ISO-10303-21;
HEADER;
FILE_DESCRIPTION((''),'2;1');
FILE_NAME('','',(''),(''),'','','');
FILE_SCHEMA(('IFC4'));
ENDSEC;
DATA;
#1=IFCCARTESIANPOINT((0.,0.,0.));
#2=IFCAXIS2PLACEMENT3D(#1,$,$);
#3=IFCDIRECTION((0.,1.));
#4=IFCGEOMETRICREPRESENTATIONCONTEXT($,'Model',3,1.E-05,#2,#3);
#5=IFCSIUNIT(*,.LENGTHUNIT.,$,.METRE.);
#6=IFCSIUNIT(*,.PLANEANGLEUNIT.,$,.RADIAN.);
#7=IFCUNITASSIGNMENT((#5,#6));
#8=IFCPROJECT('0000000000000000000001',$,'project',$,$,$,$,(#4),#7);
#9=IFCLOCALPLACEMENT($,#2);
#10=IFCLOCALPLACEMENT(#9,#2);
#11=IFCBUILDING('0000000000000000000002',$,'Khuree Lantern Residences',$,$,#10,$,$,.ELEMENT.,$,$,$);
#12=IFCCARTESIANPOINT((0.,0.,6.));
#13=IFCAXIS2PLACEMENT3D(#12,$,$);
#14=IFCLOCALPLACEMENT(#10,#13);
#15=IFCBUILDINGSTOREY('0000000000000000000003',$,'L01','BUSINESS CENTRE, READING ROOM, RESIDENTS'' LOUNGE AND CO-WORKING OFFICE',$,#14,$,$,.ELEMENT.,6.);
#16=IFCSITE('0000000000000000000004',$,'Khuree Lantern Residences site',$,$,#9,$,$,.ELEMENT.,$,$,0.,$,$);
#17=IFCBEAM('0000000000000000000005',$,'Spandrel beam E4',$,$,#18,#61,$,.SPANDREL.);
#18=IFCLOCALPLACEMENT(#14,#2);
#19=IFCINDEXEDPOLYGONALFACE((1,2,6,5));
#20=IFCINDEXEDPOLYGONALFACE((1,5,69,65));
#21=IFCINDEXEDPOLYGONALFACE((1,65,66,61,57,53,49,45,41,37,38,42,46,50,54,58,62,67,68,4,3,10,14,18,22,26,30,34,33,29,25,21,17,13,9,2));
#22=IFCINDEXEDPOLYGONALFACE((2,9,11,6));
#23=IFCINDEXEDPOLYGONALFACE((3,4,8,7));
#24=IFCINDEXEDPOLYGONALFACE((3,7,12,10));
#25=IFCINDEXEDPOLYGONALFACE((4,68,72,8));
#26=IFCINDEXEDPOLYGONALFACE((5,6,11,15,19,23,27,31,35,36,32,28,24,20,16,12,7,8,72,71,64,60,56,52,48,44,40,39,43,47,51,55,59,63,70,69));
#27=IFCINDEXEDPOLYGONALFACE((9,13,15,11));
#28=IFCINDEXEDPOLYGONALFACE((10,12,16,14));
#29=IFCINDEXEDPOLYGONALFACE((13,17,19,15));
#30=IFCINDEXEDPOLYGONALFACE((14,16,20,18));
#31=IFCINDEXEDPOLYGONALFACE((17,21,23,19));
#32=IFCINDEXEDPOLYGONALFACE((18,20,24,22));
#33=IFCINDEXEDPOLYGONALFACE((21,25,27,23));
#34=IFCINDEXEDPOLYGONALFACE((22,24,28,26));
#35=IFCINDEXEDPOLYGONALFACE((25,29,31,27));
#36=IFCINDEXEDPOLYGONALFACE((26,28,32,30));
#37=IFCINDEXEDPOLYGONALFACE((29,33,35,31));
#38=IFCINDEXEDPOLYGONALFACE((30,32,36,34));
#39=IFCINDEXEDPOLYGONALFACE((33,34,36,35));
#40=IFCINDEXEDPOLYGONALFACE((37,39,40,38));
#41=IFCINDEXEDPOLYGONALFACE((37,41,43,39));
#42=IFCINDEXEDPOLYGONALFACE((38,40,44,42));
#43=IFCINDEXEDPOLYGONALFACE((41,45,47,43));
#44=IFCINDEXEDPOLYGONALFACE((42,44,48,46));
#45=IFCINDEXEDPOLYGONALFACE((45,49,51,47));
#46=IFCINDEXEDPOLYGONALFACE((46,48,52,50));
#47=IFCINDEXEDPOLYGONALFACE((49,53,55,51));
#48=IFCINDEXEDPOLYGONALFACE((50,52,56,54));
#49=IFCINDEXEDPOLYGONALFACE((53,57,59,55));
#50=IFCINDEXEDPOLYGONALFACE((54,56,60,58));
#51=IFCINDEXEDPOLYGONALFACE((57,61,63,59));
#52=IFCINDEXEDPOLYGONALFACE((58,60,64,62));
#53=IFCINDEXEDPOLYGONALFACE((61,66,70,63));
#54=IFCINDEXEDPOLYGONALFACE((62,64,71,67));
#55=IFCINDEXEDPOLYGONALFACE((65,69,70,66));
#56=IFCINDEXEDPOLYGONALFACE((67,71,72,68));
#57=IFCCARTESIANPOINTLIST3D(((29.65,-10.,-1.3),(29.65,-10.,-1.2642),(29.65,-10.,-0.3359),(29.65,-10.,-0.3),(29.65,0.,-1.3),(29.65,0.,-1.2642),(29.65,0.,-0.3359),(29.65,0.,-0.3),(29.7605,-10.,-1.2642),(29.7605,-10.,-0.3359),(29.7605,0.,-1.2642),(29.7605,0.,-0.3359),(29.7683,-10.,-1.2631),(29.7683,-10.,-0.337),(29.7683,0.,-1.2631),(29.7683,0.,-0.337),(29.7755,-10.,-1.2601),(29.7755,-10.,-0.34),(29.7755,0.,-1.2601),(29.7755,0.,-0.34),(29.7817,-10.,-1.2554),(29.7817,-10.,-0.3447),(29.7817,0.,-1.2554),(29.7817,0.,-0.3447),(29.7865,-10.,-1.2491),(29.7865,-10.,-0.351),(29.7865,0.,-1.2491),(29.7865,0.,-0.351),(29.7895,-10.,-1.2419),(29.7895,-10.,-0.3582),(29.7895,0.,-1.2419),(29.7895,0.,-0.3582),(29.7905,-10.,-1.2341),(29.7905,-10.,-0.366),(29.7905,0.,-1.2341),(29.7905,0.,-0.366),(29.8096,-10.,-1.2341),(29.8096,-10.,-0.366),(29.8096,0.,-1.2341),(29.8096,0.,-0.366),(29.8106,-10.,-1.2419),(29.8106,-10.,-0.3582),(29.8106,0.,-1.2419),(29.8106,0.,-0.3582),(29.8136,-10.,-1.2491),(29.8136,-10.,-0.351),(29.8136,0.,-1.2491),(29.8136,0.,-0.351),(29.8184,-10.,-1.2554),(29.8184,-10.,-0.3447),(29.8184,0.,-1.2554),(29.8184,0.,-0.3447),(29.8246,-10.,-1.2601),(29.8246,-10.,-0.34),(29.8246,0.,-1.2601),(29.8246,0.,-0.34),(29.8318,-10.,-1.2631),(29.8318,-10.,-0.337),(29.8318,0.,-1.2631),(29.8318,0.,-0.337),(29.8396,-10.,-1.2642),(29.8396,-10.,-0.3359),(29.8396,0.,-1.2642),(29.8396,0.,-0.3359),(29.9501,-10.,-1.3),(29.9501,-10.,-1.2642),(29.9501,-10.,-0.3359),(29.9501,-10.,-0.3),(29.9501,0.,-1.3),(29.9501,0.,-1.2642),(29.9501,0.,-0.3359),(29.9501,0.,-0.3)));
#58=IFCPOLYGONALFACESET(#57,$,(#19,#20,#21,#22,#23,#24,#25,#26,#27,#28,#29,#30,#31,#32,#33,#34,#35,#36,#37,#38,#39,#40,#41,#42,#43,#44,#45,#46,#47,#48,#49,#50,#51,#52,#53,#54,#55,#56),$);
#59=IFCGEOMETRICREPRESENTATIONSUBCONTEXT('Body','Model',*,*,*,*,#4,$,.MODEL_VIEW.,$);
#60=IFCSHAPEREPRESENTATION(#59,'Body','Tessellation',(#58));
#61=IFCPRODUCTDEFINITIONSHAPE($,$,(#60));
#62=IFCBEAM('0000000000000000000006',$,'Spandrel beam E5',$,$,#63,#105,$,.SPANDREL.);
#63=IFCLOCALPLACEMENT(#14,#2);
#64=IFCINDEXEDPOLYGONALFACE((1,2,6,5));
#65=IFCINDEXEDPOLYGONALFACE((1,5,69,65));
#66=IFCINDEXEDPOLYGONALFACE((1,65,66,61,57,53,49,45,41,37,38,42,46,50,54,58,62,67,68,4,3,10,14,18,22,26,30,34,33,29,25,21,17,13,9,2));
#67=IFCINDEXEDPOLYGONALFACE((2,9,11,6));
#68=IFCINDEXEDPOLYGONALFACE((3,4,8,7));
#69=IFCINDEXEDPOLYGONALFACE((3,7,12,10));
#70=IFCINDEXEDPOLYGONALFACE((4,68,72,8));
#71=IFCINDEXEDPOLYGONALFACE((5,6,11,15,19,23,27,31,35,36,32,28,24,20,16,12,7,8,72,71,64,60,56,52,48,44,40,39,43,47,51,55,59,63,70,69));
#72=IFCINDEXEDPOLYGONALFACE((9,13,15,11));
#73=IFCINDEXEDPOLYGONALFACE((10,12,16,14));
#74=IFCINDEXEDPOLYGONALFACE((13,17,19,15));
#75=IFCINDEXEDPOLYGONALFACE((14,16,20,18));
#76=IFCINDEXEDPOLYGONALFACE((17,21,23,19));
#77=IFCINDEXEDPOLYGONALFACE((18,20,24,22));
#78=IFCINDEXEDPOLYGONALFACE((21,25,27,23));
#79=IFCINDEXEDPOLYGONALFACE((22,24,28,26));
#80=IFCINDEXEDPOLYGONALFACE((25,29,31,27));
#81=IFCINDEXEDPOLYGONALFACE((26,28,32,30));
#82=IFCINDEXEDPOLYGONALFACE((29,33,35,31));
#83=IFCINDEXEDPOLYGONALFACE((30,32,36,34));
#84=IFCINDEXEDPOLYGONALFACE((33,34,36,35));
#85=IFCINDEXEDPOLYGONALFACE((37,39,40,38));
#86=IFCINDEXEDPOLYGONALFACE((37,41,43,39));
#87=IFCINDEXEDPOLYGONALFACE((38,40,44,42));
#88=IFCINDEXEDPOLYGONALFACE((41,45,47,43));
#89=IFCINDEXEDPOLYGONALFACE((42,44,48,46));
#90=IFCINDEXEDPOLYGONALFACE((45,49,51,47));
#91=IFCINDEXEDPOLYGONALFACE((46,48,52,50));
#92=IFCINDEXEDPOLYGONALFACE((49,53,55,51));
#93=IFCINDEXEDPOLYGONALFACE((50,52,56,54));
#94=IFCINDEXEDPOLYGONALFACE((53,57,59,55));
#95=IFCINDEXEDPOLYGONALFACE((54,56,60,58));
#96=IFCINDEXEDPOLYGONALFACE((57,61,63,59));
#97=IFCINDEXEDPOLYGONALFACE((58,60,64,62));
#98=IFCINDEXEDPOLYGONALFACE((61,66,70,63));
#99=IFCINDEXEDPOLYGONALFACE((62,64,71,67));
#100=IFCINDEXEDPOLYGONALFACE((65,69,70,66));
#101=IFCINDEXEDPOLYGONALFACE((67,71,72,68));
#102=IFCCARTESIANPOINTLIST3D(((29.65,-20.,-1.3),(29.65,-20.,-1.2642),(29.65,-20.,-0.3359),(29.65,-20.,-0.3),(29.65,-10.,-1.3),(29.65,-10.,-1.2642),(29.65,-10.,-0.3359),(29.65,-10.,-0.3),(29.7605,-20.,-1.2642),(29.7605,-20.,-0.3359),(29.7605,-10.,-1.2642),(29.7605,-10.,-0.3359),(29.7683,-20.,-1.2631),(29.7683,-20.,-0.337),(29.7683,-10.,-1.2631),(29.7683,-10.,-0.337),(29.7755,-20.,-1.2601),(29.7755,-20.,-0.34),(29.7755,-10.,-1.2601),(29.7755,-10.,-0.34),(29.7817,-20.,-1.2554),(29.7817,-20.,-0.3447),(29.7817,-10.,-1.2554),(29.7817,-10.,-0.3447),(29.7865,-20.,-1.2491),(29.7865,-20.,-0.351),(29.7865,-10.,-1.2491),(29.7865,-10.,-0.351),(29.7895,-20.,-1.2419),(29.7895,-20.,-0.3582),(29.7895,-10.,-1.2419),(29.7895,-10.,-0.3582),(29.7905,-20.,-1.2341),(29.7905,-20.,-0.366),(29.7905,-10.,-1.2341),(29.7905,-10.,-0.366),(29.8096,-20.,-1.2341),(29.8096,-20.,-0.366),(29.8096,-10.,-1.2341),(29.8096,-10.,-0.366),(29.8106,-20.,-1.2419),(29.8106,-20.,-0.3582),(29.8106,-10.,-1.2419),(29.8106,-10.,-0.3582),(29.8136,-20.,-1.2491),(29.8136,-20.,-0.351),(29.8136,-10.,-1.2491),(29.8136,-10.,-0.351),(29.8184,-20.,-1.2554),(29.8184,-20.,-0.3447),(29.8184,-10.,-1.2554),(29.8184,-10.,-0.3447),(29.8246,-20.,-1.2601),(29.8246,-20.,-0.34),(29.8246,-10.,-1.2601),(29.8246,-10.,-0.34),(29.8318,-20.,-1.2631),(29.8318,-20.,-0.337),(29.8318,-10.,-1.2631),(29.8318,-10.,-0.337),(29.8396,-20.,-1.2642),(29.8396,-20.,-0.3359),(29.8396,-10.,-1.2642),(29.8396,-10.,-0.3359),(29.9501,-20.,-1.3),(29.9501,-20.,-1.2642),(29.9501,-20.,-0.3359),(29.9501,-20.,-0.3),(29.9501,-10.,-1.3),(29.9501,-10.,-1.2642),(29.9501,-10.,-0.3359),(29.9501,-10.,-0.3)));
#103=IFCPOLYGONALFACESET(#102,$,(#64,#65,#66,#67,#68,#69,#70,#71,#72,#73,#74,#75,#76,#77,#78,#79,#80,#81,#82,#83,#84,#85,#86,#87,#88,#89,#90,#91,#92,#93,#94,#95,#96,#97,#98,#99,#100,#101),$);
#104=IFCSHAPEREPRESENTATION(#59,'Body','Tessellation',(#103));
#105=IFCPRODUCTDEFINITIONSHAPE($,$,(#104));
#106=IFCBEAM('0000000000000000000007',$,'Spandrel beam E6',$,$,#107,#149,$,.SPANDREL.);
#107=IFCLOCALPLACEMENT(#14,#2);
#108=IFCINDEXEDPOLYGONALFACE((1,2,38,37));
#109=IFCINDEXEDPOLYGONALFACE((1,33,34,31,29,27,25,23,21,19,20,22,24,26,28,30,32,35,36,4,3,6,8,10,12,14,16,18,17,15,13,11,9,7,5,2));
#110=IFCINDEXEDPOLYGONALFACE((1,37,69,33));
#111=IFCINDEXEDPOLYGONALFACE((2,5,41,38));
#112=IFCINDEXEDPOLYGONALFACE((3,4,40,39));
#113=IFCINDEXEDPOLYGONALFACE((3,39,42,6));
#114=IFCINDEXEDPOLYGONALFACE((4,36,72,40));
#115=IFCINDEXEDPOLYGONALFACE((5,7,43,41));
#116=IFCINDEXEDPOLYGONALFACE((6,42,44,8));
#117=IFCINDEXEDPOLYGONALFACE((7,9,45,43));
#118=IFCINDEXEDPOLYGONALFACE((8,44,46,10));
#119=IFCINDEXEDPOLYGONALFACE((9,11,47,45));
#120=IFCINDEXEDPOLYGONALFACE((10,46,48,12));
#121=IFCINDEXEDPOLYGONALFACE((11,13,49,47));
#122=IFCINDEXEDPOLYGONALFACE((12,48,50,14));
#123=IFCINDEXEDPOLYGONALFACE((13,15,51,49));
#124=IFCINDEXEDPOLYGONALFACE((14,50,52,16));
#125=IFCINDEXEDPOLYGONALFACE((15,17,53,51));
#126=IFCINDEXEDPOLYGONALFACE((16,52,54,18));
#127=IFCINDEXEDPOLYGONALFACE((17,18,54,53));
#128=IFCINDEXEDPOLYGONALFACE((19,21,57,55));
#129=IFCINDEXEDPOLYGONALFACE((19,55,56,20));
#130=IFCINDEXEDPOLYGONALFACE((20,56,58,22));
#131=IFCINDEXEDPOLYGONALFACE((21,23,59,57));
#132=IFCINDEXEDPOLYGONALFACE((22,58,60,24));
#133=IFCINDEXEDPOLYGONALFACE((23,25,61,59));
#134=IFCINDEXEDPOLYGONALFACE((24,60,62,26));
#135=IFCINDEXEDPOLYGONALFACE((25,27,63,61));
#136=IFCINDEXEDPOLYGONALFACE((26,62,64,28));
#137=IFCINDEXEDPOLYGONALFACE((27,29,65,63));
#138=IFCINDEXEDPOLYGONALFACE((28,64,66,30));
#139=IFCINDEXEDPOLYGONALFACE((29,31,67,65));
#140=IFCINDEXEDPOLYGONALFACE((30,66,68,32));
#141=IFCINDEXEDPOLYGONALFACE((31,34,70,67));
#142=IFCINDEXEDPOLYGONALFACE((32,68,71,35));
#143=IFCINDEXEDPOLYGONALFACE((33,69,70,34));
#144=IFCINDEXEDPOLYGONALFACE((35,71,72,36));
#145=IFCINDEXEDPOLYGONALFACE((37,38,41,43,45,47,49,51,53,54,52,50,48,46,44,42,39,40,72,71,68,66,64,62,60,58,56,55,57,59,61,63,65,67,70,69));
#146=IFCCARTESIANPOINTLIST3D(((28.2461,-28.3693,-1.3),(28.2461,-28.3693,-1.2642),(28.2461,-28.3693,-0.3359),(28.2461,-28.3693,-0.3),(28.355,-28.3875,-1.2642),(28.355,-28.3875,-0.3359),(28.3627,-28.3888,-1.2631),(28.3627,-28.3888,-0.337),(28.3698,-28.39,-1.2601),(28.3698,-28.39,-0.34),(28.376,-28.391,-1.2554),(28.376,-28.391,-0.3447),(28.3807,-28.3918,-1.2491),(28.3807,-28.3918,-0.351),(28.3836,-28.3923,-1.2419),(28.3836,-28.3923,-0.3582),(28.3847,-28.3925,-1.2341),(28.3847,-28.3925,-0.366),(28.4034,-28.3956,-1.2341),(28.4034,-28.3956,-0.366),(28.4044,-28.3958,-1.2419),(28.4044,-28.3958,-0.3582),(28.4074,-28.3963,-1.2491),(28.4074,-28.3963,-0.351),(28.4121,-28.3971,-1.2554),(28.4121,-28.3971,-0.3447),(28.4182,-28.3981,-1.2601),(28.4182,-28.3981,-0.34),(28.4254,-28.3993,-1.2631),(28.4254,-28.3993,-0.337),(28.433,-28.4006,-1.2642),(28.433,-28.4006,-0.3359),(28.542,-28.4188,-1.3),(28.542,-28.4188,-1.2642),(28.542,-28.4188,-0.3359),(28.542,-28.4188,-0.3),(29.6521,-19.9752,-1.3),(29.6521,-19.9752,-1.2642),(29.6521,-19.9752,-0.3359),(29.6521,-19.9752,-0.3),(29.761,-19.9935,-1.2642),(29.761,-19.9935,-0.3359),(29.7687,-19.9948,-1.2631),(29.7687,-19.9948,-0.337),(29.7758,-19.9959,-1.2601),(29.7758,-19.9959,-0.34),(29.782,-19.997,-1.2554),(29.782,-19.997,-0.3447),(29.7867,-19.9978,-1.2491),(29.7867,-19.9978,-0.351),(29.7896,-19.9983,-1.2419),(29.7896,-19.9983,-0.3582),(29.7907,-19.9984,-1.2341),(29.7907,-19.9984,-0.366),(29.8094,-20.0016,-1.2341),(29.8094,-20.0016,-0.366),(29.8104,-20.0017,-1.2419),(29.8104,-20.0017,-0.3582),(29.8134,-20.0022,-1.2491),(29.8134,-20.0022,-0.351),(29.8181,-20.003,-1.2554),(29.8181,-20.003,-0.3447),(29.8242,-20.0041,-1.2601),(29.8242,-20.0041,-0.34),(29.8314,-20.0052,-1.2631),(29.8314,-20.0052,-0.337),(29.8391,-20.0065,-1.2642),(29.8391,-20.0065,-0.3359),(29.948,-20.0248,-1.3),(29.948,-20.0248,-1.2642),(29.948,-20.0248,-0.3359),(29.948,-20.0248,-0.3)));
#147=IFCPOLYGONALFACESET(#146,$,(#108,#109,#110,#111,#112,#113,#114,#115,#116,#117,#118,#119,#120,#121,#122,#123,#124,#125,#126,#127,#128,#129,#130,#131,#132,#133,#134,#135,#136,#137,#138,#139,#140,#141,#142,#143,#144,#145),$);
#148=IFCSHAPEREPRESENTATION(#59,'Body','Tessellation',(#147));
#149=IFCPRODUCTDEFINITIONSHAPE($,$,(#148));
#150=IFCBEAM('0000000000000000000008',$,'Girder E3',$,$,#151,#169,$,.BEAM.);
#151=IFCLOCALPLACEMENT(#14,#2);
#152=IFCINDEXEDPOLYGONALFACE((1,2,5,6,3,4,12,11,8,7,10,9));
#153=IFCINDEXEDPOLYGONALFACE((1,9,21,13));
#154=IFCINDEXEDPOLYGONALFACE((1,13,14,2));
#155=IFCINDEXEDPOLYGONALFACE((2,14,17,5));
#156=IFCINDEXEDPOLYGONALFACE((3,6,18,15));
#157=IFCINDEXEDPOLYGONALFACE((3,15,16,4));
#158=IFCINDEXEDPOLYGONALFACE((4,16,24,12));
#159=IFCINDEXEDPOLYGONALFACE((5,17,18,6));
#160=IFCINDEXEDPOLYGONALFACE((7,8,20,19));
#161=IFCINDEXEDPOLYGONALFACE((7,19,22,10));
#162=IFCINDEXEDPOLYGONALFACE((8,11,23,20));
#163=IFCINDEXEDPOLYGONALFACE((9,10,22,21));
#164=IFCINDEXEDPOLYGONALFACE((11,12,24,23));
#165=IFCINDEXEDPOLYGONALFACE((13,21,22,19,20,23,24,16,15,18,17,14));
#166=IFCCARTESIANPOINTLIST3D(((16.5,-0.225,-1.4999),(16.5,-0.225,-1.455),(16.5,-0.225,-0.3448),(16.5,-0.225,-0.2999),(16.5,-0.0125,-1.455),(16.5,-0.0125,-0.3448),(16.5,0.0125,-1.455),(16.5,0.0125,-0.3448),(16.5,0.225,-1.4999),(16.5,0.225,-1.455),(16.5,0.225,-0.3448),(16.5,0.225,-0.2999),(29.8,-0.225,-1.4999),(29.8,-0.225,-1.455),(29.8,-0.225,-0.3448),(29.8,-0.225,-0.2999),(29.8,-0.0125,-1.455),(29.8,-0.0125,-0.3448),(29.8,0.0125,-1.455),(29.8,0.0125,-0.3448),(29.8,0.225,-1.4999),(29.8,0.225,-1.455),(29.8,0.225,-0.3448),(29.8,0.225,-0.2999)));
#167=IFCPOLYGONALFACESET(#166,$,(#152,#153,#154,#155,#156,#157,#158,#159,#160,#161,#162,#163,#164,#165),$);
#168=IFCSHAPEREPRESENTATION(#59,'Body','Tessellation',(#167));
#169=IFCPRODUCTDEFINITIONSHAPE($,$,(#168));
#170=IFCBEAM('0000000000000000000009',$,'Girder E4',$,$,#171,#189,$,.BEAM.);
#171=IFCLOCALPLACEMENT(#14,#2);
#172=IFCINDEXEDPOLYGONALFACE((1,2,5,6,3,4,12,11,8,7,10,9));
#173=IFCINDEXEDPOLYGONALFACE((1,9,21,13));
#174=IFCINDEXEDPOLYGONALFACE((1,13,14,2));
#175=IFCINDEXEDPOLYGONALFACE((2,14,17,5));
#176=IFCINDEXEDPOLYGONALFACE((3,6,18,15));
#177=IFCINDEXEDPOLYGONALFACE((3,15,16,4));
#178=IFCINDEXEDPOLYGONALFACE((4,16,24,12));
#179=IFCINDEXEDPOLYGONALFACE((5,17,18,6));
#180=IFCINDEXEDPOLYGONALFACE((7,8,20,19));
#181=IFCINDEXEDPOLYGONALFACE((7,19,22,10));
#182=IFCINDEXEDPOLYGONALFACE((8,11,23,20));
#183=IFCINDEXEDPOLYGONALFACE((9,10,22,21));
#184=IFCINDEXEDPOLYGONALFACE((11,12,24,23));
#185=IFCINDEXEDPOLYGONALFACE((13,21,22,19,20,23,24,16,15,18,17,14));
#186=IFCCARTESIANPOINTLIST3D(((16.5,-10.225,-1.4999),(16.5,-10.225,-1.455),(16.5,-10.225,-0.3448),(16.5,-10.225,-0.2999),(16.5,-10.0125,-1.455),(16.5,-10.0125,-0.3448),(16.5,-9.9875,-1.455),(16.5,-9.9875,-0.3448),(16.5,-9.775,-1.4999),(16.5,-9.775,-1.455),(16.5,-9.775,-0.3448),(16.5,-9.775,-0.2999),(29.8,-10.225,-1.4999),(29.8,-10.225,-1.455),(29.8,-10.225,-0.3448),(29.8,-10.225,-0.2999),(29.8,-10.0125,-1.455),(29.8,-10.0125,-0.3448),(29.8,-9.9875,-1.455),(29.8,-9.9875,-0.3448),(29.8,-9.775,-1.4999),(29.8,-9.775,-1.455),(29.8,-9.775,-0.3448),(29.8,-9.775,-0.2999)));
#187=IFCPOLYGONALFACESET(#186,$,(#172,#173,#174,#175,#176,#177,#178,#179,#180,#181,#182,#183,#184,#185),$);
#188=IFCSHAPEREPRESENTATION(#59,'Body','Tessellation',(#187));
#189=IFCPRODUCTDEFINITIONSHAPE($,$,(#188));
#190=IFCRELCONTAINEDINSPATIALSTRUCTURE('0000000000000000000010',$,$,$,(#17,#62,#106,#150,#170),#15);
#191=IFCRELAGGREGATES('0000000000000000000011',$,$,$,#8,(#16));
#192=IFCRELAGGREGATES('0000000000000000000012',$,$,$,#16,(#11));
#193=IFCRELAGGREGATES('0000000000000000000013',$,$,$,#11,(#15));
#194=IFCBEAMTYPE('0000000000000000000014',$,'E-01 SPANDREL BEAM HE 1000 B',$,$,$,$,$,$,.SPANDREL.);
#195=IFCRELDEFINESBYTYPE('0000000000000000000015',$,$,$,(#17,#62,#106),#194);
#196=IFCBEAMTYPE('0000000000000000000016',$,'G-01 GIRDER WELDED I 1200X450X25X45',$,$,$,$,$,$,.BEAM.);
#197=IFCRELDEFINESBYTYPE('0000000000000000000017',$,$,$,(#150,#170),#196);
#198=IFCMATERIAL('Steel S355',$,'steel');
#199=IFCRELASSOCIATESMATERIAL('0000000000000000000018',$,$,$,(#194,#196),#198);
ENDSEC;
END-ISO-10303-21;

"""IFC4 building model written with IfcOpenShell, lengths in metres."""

from ifc_helpers import new_model, si_unit, direction, frame, origin, origin_2d, place, context, subcontext, project, spatial, i_section, extrude, material, material_profile, profile_set, type_object, element, save


model = new_model("IFC4")

# Units and contexts
model_context = context("Model", 3, precision=1e-05, world=origin(), true_north=direction((0.0, 1.0)))
body_context = subcontext(model_context, "Body", "Model", "MODEL_VIEW")
ifc_project = project(units=[si_unit("LENGTHUNIT", "METRE"), si_unit("PLANEANGLEUNIT", "RADIAN")], contexts=[model_context])

# Site, building, storey
site_placement = place(None, origin())
site = spatial("IfcSite", under=ifc_project, at=site_placement, Name="Khuree Lantern Residences site", CompositionType="ELEMENT", RefElevation=0.0)
building_placement = place(site_placement, origin())
building = spatial("IfcBuilding", under=site, at=building_placement, Name="Khuree Lantern Residences", CompositionType="ELEMENT")
storey_placement = place(building_placement, frame((0.0, 0.0, 6.0)))
storey = spatial("IfcBuildingStorey", under=building, at=storey_placement, Name="L01", Description="BUSINESS CENTRE, READING ROOM, RESIDENTS' LOUNGE AND CO-WORKING OFFICE", CompositionType="ELEMENT", Elevation=6.0)

# Beams
ifc_material_1 = material(Name="Steel S355", Category="steel")
ifc_material_profile_1 = material_profile(ifc_material_1, i_section(OverallWidth=0.3, OverallDepth=1.0, WebThickness=0.019, FlangeThickness=0.0359, FilletRadius=0.03, at=origin_2d()), Name="HE 1000 B")
ifc_profile_set_1 = profile_set([ifc_material_profile_1], Name="Steel S355")
beam_type_1 = type_object("IfcBeamType", Name="E-01 SPANDREL BEAM HE 1000 B", PredefinedType="SPANDREL", material=ifc_profile_set_1)
for number, where, z_axis, x_axis, name in (
    (1, (29.8, 0.0, -0.8), (0.0, -1.0, 0.0), (1.0, 0.0, 0.0), "Spandrel beam E4"),
    (2, (29.8, -10.0, -0.8), (0.0, -1.0, 0.0), (1.0, 0.0, 0.0), "Spandrel beam E5"),
):
    element("IfcBeam", number, at=place(storey_placement, frame(where, z_axis=z_axis, x_axis=x_axis)), inside=storey, type_object=beam_type_1, Name=name, PredefinedType="SPANDREL", context=body_context, shape_type="SweptSolid", body=[
        extrude(i_section(OverallWidth=0.3, OverallDepth=1.0, WebThickness=0.019, FlangeThickness=0.0359, FilletRadius=0.03, at=origin_2d()), origin(), (0.0, 0.0, 1.0), 10.0),
    ])
beam_1_placement = place(storey_placement, frame((29.8, -20.0, -0.8), z_axis=(-0.165199, -0.98626, 0.0), x_axis=(0.98626, -0.165199, 0.0)))
element("IfcBeam", 3, at=beam_1_placement, inside=storey, type_object=beam_type_1, Name="Spandrel beam E6", PredefinedType="SPANDREL", context=body_context, shape_type="SweptSolid", body=[
    extrude(i_section(OverallWidth=0.3, OverallDepth=1.0, WebThickness=0.019, FlangeThickness=0.0359, FilletRadius=0.03, at=origin_2d()), origin(), (0.0, 0.0, 1.0), 8.511),
])
ifc_material_profile_2 = material_profile(ifc_material_1, i_section(OverallWidth=0.45, OverallDepth=1.2, WebThickness=0.0249, FlangeThickness=0.0449, at=origin_2d()), Name="WELDED I 1200X450X25X45")
ifc_profile_set_2 = profile_set([ifc_material_profile_2], Name="Steel S355")
beam_type_2 = type_object("IfcBeamType", Name="G-01 GIRDER WELDED I 1200X450X25X45", PredefinedType="BEAM", material=ifc_profile_set_2)
for number, where, z_axis, x_axis, name in (
    (4, (29.8, 0.0, -0.8999), (-1.0, 0.0, 0.0), (0.0, -1.0, 0.0), "Girder E3"),
    (5, (29.8, -10.0, -0.8999), (-1.0, 0.0, 0.0), (0.0, -1.0, 0.0), "Girder E4"),
):
    element("IfcBeam", number, at=place(storey_placement, frame(where, z_axis=z_axis, x_axis=x_axis)), inside=storey, type_object=beam_type_2, Name=name, PredefinedType="BEAM", context=body_context, shape_type="SweptSolid", body=[
        extrude(i_section(OverallWidth=0.45, OverallDepth=1.2, WebThickness=0.0249, FlangeThickness=0.0449, at=origin_2d()), origin(), (0.0, 0.0, 1.0), 13.3),
    ])

save(model, "model.ifc")
